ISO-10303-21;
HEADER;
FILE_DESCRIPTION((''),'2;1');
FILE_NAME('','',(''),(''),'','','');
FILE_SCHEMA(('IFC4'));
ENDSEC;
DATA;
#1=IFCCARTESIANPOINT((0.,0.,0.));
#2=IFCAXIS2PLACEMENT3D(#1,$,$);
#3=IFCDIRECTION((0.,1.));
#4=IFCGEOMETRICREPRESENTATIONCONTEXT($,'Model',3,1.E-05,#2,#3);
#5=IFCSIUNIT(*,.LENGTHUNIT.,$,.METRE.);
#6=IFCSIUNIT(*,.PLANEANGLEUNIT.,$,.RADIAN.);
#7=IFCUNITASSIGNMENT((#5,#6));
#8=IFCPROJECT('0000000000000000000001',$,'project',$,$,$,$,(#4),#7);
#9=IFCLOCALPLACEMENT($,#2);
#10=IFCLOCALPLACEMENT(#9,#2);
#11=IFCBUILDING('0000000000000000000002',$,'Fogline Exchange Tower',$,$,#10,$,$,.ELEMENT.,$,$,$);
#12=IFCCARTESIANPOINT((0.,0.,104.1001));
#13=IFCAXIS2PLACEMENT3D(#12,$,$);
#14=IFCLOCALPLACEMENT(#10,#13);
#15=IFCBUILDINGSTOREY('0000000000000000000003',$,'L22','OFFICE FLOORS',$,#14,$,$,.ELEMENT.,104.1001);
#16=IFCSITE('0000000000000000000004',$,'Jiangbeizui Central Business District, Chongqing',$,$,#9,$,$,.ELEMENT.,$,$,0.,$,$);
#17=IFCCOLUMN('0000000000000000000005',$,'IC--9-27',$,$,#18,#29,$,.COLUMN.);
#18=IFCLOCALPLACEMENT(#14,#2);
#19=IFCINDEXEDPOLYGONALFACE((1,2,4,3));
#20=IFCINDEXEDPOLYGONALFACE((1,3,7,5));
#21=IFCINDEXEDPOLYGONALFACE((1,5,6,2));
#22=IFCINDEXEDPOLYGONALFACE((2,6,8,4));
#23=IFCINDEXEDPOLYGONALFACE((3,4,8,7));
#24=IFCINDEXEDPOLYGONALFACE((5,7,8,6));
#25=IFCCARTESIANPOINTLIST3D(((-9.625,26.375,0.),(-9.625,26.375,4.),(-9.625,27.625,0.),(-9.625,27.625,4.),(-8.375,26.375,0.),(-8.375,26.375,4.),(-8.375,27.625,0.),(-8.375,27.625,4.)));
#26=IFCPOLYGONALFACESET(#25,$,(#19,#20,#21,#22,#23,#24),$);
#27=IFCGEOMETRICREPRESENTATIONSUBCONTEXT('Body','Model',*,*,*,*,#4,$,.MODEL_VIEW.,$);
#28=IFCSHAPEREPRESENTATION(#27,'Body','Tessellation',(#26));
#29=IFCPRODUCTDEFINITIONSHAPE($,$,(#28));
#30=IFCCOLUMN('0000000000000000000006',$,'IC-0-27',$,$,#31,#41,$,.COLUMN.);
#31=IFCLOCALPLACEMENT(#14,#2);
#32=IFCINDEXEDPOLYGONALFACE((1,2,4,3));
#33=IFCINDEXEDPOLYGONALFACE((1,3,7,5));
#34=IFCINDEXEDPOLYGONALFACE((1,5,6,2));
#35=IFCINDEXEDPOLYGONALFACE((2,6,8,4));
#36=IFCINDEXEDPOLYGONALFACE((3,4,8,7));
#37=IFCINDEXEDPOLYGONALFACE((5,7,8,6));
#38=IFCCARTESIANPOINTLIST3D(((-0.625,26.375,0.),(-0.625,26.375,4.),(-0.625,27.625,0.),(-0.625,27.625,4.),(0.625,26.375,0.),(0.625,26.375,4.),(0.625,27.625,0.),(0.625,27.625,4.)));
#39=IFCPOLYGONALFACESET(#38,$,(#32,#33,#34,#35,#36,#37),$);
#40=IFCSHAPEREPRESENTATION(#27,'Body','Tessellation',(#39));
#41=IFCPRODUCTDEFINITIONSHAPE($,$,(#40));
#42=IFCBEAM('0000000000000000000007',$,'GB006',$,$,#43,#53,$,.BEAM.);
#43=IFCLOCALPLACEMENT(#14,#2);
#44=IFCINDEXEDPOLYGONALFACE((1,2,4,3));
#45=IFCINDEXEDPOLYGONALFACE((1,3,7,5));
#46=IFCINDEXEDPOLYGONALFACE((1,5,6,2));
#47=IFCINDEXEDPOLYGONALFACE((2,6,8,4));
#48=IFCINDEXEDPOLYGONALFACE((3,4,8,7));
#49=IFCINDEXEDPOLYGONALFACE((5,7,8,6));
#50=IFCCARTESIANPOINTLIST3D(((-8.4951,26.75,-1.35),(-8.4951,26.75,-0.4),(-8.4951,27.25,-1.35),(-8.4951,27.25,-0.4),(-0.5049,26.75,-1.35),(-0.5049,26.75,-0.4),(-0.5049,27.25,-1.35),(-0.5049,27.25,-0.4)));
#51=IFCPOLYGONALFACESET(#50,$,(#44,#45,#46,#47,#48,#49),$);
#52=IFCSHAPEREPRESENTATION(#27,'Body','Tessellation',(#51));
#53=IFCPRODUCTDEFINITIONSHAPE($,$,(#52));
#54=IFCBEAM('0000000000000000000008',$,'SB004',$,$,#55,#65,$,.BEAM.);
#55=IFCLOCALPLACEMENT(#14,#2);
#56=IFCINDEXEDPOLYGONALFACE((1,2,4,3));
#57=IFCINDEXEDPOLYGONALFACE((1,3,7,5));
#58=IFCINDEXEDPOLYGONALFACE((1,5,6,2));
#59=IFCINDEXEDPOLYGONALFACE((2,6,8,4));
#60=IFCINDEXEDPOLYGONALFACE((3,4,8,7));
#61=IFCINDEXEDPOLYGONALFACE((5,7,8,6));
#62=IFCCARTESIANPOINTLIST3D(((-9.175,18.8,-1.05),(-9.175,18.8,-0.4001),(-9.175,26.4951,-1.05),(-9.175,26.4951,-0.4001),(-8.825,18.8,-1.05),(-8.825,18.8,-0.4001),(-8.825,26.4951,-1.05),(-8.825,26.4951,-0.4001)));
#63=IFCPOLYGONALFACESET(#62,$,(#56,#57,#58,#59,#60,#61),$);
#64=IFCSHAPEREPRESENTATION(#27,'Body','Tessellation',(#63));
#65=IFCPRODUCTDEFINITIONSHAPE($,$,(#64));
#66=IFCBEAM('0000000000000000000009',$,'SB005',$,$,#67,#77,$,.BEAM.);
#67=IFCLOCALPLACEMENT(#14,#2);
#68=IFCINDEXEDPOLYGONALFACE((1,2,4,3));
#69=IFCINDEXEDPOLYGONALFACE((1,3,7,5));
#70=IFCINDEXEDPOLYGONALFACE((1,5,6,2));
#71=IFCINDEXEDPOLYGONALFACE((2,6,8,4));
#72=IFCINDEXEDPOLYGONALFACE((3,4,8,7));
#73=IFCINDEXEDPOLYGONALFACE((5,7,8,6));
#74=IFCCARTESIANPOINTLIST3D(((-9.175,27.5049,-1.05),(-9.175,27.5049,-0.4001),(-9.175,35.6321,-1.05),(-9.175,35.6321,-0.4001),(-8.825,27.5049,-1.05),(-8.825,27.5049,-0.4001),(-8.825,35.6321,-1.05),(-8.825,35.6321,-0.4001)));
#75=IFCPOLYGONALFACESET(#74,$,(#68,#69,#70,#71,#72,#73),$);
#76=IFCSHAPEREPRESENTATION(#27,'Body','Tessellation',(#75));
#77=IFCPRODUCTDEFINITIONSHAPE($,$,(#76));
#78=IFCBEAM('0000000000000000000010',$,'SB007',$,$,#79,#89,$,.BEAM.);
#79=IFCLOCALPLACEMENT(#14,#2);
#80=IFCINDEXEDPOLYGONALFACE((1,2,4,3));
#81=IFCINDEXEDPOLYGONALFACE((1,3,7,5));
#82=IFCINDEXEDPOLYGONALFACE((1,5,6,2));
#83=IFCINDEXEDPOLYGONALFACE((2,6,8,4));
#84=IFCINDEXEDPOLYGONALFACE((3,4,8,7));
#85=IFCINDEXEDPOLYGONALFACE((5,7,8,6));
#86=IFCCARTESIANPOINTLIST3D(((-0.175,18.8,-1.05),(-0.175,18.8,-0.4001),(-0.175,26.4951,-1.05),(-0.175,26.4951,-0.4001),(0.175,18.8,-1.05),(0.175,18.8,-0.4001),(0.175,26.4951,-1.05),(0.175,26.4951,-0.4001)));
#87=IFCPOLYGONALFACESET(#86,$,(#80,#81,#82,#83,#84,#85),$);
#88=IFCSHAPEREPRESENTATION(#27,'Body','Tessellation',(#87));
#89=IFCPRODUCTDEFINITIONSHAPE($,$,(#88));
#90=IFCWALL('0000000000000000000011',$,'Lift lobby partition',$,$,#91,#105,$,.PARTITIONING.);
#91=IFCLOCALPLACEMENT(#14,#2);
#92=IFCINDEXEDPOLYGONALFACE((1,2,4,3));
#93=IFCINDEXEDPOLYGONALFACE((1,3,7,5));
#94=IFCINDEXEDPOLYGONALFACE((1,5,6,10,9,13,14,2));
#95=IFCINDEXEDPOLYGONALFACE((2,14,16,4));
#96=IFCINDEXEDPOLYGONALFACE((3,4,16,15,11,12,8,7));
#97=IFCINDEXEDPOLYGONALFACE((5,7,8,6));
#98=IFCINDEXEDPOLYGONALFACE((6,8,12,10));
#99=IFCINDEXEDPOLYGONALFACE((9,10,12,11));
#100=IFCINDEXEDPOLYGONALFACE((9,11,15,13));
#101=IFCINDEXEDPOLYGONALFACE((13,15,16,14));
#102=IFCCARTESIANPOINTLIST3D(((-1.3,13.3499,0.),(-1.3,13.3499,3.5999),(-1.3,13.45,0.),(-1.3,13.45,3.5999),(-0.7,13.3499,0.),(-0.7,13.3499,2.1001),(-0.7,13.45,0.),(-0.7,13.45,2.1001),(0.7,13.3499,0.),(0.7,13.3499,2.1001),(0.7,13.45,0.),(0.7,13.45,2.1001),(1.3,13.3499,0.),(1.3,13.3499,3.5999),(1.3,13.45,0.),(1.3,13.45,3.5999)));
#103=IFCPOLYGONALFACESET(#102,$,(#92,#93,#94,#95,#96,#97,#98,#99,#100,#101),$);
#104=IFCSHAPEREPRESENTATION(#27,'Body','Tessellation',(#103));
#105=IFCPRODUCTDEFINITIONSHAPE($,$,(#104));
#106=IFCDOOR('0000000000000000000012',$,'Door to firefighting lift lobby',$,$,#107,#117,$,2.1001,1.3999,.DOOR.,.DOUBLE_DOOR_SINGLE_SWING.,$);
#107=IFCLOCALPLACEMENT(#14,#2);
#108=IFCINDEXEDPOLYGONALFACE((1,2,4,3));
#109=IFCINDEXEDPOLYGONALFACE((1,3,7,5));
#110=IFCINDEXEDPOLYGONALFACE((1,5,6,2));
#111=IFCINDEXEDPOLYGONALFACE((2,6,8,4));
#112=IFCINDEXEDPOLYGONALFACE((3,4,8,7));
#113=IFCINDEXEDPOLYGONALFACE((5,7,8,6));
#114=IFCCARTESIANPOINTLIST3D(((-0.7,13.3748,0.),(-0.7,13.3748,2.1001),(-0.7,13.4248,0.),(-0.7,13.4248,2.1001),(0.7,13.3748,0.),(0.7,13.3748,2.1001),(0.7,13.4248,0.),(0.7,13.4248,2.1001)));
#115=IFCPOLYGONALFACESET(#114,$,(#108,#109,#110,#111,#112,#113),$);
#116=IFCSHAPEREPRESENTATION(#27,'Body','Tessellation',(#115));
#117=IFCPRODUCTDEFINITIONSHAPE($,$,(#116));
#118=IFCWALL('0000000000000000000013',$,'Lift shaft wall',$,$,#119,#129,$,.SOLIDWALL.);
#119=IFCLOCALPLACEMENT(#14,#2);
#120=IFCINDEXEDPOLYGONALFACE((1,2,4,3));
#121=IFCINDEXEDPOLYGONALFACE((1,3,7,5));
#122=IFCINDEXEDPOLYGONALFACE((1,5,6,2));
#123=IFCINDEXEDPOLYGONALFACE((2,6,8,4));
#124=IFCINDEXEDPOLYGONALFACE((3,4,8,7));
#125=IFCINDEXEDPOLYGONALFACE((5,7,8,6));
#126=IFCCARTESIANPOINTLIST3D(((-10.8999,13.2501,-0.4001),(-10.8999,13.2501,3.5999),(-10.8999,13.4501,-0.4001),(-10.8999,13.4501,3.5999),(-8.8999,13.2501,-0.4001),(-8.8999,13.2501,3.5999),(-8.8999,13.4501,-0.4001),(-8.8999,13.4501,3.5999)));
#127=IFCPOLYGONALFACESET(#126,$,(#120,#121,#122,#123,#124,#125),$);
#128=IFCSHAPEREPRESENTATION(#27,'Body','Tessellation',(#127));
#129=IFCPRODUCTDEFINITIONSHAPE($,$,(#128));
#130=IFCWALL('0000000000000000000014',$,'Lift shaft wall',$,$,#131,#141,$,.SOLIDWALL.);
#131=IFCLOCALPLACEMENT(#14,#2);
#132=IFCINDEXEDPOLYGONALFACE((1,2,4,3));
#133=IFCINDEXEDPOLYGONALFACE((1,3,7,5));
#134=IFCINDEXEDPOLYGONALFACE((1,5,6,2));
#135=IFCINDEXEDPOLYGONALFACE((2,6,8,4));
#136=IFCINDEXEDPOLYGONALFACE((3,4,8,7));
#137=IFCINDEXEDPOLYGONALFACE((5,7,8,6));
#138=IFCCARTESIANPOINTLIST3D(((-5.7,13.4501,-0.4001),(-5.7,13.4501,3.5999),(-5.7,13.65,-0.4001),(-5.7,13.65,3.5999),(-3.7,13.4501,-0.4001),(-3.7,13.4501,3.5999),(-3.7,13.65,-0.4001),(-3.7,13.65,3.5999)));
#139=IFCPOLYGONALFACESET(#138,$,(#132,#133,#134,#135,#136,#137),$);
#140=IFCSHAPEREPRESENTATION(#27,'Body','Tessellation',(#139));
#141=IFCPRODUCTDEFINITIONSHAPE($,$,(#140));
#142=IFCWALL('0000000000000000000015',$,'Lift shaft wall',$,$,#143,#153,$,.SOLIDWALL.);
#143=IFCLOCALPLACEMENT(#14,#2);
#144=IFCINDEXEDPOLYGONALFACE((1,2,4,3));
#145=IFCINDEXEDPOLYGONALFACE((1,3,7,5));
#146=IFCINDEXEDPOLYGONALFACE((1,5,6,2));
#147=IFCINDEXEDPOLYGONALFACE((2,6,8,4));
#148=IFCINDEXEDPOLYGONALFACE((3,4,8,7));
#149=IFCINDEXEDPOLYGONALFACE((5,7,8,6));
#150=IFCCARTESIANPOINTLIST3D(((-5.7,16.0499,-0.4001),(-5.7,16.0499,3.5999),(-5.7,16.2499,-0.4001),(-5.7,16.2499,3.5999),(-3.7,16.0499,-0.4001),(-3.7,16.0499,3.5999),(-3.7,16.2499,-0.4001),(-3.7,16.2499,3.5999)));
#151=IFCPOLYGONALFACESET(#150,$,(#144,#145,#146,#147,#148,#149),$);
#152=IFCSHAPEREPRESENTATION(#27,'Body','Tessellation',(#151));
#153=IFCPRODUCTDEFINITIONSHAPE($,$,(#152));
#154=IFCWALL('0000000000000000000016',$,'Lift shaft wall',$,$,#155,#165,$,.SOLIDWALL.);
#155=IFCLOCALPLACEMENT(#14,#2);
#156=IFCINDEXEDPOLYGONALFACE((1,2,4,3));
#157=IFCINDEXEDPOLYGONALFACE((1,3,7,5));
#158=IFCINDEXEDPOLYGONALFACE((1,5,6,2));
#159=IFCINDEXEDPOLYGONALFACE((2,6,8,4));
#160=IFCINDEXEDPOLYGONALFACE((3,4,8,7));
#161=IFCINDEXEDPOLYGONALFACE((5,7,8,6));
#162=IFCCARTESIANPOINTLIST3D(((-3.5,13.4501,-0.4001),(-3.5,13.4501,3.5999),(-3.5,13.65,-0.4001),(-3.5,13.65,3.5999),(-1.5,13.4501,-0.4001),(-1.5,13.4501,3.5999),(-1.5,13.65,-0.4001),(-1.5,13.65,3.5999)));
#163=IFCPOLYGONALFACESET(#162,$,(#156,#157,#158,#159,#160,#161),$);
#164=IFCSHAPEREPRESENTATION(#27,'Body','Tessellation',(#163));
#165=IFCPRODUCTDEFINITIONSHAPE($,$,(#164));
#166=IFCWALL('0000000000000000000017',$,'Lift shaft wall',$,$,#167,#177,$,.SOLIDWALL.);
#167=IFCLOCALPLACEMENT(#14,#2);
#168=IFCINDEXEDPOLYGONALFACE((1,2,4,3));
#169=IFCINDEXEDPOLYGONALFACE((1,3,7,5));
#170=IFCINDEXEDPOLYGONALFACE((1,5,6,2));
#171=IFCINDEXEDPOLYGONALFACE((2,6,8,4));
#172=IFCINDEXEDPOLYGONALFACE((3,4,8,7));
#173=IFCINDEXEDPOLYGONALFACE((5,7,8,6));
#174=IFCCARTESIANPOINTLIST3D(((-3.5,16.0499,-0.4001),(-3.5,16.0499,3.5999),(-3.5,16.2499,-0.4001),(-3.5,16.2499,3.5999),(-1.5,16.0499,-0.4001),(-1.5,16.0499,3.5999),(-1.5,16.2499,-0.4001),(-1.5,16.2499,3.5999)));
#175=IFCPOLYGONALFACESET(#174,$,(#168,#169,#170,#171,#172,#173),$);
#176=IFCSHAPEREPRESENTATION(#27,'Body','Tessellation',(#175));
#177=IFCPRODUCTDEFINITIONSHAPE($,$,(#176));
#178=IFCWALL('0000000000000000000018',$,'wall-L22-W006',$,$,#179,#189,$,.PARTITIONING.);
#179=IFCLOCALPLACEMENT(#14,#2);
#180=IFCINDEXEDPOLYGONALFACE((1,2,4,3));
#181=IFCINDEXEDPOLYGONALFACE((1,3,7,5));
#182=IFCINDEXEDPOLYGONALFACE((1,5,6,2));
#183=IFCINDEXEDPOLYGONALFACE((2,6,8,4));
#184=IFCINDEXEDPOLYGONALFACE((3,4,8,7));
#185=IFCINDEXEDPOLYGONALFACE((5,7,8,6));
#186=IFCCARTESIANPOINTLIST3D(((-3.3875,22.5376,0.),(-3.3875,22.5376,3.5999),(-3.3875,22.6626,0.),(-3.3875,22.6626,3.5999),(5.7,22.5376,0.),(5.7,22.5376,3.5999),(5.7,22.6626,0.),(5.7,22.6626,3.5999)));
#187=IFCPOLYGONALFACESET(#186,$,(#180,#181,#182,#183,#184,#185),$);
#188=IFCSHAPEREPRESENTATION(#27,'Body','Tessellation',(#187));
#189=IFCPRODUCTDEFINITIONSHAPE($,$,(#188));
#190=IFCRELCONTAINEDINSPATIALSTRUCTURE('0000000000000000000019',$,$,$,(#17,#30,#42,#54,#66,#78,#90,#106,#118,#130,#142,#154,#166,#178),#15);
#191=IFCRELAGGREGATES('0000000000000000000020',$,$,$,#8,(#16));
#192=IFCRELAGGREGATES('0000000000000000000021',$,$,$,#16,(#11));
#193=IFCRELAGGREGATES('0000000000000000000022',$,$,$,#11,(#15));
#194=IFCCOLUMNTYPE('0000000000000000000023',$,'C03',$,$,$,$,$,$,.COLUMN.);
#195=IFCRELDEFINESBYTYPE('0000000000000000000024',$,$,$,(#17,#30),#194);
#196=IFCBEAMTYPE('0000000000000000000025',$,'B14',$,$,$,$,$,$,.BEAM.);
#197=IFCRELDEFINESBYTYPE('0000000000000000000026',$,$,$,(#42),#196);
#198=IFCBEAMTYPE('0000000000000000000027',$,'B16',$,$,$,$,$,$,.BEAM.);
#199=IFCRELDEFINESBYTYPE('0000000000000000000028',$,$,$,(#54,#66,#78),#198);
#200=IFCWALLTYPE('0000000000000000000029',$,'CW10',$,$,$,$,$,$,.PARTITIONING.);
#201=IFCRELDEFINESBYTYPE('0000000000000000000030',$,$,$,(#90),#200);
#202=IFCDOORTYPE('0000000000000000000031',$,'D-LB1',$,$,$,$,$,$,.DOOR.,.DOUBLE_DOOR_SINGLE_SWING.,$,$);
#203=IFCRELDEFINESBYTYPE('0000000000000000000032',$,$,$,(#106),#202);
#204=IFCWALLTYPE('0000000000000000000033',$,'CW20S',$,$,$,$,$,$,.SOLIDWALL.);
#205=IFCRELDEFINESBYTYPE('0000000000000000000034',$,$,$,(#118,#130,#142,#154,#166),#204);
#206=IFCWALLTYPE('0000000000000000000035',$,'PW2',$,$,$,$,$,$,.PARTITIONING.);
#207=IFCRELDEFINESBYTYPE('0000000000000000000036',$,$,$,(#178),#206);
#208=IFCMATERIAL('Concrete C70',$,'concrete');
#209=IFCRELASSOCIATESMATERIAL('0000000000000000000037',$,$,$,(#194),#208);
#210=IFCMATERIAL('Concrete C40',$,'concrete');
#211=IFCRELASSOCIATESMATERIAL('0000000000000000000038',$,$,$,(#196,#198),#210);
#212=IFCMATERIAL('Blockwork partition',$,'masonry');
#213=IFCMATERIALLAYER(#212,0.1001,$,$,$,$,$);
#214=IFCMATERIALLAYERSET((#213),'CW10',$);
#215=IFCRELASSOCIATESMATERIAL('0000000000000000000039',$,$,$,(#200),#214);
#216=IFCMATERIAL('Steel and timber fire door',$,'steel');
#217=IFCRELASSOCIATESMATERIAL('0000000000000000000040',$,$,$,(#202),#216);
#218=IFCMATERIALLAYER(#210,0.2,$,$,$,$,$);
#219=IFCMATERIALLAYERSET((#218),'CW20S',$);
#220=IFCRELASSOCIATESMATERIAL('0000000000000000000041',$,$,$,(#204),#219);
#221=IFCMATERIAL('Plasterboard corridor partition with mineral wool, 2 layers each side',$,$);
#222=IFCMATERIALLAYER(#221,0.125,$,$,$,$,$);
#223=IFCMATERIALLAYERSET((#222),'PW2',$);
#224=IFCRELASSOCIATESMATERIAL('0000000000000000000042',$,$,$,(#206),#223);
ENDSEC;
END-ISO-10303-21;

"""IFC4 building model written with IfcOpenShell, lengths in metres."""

from ifc_helpers import new_model, si_unit, direction, frame, frame_2d, origin, origin_2d, place, context, subcontext, project, spatial, rectangle, extrude, material, layer, layer_set, material_profile, profile_set, type_object, element, fill, save


model = new_model("IFC4")

# Units and contexts
model_context = context("Model", 3, precision=1e-05, world=origin(), true_north=direction((0.0, 1.0)))
body_context = subcontext(model_context, "Body", "Model", "MODEL_VIEW")
ifc_project = project(units=[si_unit("LENGTHUNIT", "METRE"), si_unit("PLANEANGLEUNIT", "RADIAN")], contexts=[model_context])

# Site, building, storey
site_placement = place(None, origin())
site = spatial("IfcSite", under=ifc_project, at=site_placement, Name="Jiangbeizui Central Business District, Chongqing", CompositionType="ELEMENT", RefElevation=0.0)
building_placement = place(site_placement, origin())
building = spatial("IfcBuilding", under=site, at=building_placement, Name="Fogline Exchange Tower", CompositionType="ELEMENT")
storey_placement = place(building_placement, frame((0.0, 0.0, 104.1001)))
storey = spatial("IfcBuildingStorey", under=building, at=storey_placement, Name="L22", Description="OFFICE FLOORS", CompositionType="ELEMENT", Elevation=104.1001)

# Columns
ifc_material_1 = material(Name="Concrete C70", Category="concrete")
ifc_material_profile_1 = material_profile(ifc_material_1, rectangle(XDim=1.25, YDim=1.25, at=origin_2d()), Name="RC 1250x1250")
ifc_profile_set_1 = profile_set([ifc_material_profile_1], Name="Concrete C70")
column_type = type_object("IfcColumnType", Name="C03", PredefinedType="COLUMN", material=ifc_profile_set_1)
for number, where, z_axis, x_axis, name in (
    (1, (-9.0, 27.0, 0.0), (0.0, 0.0, 1.0), (1.0, 0.0, 0.0), "IC--9-27"),
    (2, (0.0, 27.0, 0.0), (0.0, 0.0, 1.0), (1.0, 0.0, 0.0), "IC-0-27"),
):
    element("IfcColumn", number, at=place(storey_placement, frame(where, z_axis=z_axis, x_axis=x_axis)), inside=storey, type_object=column_type, Name=name, PredefinedType="COLUMN", context=body_context, shape_type="SweptSolid", body=[
        extrude(rectangle(XDim=1.25, YDim=1.25, at=origin_2d()), origin(), (0.0, 0.0, 1.0), 4.0),
    ])

# Beams
ifc_material_2 = material(Name="Concrete C40", Category="concrete")
ifc_material_profile_2 = material_profile(ifc_material_2, rectangle(XDim=0.5, YDim=0.95, at=origin_2d()), Name="RC 500x950")
ifc_profile_set_2 = profile_set([ifc_material_profile_2], Name="Concrete C40")
beam_type_1 = type_object("IfcBeamType", Name="B14", PredefinedType="BEAM", material=ifc_profile_set_2)
beam_1_placement = place(storey_placement, frame((-8.4951, 27.0, -0.875), z_axis=(1.0, 0.0, 0.0), x_axis=(0.0, 1.0, 0.0)))
element("IfcBeam", 3, at=beam_1_placement, inside=storey, type_object=beam_type_1, Name="GB006", PredefinedType="BEAM", context=body_context, shape_type="SweptSolid", body=[
    extrude(rectangle(XDim=0.5, YDim=0.95, at=origin_2d()), origin(), (0.0, 0.0, 1.0), 7.9902),
])
ifc_material_profile_3 = material_profile(ifc_material_2, rectangle(XDim=0.3501, YDim=0.6499, at=origin_2d()), Name="RC 350x650")
ifc_profile_set_3 = profile_set([ifc_material_profile_3], Name="Concrete C40")
beam_type_2 = type_object("IfcBeamType", Name="B16", PredefinedType="BEAM", material=ifc_profile_set_3)
beam_2_placement = place(storey_placement, frame((-9.0, 18.8, -0.7251), z_axis=(0.0, 1.0, 0.0), x_axis=(-1.0, 0.0, 0.0)))
element("IfcBeam", 4, at=beam_2_placement, inside=storey, type_object=beam_type_2, Name="SB004", PredefinedType="BEAM", context=body_context, shape_type="SweptSolid", body=[
    extrude(rectangle(XDim=0.3501, YDim=0.6499, at=origin_2d()), origin(), (0.0, 0.0, 1.0), 7.6951),
])
beam_3_placement = place(storey_placement, frame((-9.0, 27.5049, -0.7251), z_axis=(0.0, 1.0, 0.0), x_axis=(-1.0, 0.0, 0.0)))
element("IfcBeam", 5, at=beam_3_placement, inside=storey, type_object=beam_type_2, Name="SB005", PredefinedType="BEAM", context=body_context, shape_type="SweptSolid", body=[
    extrude(rectangle(XDim=0.3501, YDim=0.6499, at=origin_2d()), origin(), (0.0, 0.0, 1.0), 8.1272),
])
beam_4_placement = place(storey_placement, frame((0.0, 18.8, -0.7251), z_axis=(0.0, 1.0, 0.0), x_axis=(-1.0, 0.0, 0.0)))
element("IfcBeam", 6, at=beam_4_placement, inside=storey, type_object=beam_type_2, Name="SB007", PredefinedType="BEAM", context=body_context, shape_type="SweptSolid", body=[
    extrude(rectangle(XDim=0.3501, YDim=0.6499, at=origin_2d()), origin(), (0.0, 0.0, 1.0), 7.6951),
])

# Wall, opening, door
ifc_material_3 = material(Name="Blockwork partition", Category="masonry")
ifc_layer_1 = layer(ifc_material_3, 0.1001)
ifc_layer_set_1 = layer_set([ifc_layer_1], Name="CW10")
wall_type_1 = type_object("IfcWallType", Name="CW10", PredefinedType="PARTITIONING", material=ifc_layer_set_1)
wall_1_placement = place(storey_placement, frame((-1.3, 13.3999, 0.0), z_axis=(0.0, 0.0, 1.0), x_axis=(1.0, 0.0, 0.0)))
wall_1 = element("IfcWall", 7, at=wall_1_placement, inside=storey, type_object=wall_type_1, Name="Lift lobby partition", PredefinedType="PARTITIONING", context=body_context, shape_type="SweptSolid", body=[
    extrude(rectangle(XDim=2.6001, YDim=0.1001, at=frame_2d((1.3, 0.0))), origin(), (0.0, 0.0, 1.0), 3.5999),
])
opening_1_placement = place(wall_1_placement, frame((0.6001, 0.0, 0.0)))
opening_1 = element("IfcOpeningElement", 8, at=opening_1_placement, cuts=wall_1, PredefinedType="OPENING", context=body_context, shape_type="SweptSolid", body=[
    extrude(rectangle(XDim=1.3999, YDim=2.1001, at=frame_2d((0.7, 1.05))), frame((0.0, 0.0601, 0.0), z_axis=(0.0, -1.0, 0.0), x_axis=(1.0, 0.0, 0.0)), (0.0, 0.0, 1.0), 0.1201),
])
ifc_material_4 = material(Name="Steel and timber fire door", Category="steel")
door_type_1 = type_object("IfcDoorType", Name="D-LB1", OperationType="DOUBLE_DOOR_SINGLE_SWING", PredefinedType="DOOR", material=ifc_material_4)
door_1_placement = place(opening_1_placement, origin())
door_1 = element("IfcDoor", 9, at=door_1_placement, inside=storey, type_object=door_type_1, Name="Door to firefighting lift lobby", OperationType="DOUBLE_DOOR_SINGLE_SWING", OverallHeight=2.1001, OverallWidth=1.3999, PredefinedType="DOOR", context=body_context, shape_type="SweptSolid", body=[
    extrude(rectangle(XDim=1.3999, YDim=2.1001, at=frame_2d((0.7, 1.05))), frame((0.0, 0.0249, 0.0), z_axis=(0.0, -1.0, 0.0), x_axis=(1.0, 0.0, 0.0)), (0.0, 0.0, 1.0), 0.05),
])
fill(opening_1, door_1)

# Walls
ifc_layer_2 = layer(ifc_material_2, 0.2)
ifc_layer_set_2 = layer_set([ifc_layer_2], Name="CW20S")
wall_type_2 = type_object("IfcWallType", Name="CW20S", PredefinedType="SOLIDWALL", material=ifc_layer_set_2)
for number, where, z_axis, x_axis, name in (
    (10, (-10.8999, 13.3501, -0.4001), (0.0, 0.0, 1.0), (1.0, 0.0, 0.0), "Lift shaft wall"),
    (11, (-5.7, 13.55, -0.4001), (0.0, 0.0, 1.0), (1.0, 0.0, 0.0), "Lift shaft wall"),
    (12, (-5.7, 16.1499, -0.4001), (0.0, 0.0, 1.0), (1.0, 0.0, 0.0), "Lift shaft wall"),
    (13, (-3.5, 13.55, -0.4001), (0.0, 0.0, 1.0), (1.0, 0.0, 0.0), "Lift shaft wall"),
    (14, (-3.5, 16.1499, -0.4001), (0.0, 0.0, 1.0), (1.0, 0.0, 0.0), "Lift shaft wall"),
):
    element("IfcWall", number, at=place(storey_placement, frame(where, z_axis=z_axis, x_axis=x_axis)), inside=storey, type_object=wall_type_2, Name=name, PredefinedType="SOLIDWALL", context=body_context, shape_type="SweptSolid", body=[
        extrude(rectangle(XDim=2.0, YDim=0.2, at=frame_2d((1.0, 0.0))), origin(), (0.0, 0.0, 1.0), 4.0),
    ])
ifc_material_5 = material(Name="Plasterboard corridor partition with mineral wool, 2 layers each side")
ifc_layer_3 = layer(ifc_material_5, 0.125)
ifc_layer_set_3 = layer_set([ifc_layer_3], Name="PW2")
wall_type_3 = type_object("IfcWallType", Name="PW2", PredefinedType="PARTITIONING", material=ifc_layer_set_3)
wall_2_placement = place(storey_placement, frame((-3.3875, 22.6001, 0.0), z_axis=(0.0, 0.0, 1.0), x_axis=(1.0, 0.0, 0.0)))
element("IfcWall", 15, at=wall_2_placement, inside=storey, type_object=wall_type_3, Name="wall-L22-W006", PredefinedType="PARTITIONING", context=body_context, shape_type="SweptSolid", body=[
    extrude(rectangle(XDim=9.0874, YDim=0.125, at=frame_2d((4.5437, 0.0))), origin(), (0.0, 0.0, 1.0), 3.5999),
])

save(model, "model.ifc")
